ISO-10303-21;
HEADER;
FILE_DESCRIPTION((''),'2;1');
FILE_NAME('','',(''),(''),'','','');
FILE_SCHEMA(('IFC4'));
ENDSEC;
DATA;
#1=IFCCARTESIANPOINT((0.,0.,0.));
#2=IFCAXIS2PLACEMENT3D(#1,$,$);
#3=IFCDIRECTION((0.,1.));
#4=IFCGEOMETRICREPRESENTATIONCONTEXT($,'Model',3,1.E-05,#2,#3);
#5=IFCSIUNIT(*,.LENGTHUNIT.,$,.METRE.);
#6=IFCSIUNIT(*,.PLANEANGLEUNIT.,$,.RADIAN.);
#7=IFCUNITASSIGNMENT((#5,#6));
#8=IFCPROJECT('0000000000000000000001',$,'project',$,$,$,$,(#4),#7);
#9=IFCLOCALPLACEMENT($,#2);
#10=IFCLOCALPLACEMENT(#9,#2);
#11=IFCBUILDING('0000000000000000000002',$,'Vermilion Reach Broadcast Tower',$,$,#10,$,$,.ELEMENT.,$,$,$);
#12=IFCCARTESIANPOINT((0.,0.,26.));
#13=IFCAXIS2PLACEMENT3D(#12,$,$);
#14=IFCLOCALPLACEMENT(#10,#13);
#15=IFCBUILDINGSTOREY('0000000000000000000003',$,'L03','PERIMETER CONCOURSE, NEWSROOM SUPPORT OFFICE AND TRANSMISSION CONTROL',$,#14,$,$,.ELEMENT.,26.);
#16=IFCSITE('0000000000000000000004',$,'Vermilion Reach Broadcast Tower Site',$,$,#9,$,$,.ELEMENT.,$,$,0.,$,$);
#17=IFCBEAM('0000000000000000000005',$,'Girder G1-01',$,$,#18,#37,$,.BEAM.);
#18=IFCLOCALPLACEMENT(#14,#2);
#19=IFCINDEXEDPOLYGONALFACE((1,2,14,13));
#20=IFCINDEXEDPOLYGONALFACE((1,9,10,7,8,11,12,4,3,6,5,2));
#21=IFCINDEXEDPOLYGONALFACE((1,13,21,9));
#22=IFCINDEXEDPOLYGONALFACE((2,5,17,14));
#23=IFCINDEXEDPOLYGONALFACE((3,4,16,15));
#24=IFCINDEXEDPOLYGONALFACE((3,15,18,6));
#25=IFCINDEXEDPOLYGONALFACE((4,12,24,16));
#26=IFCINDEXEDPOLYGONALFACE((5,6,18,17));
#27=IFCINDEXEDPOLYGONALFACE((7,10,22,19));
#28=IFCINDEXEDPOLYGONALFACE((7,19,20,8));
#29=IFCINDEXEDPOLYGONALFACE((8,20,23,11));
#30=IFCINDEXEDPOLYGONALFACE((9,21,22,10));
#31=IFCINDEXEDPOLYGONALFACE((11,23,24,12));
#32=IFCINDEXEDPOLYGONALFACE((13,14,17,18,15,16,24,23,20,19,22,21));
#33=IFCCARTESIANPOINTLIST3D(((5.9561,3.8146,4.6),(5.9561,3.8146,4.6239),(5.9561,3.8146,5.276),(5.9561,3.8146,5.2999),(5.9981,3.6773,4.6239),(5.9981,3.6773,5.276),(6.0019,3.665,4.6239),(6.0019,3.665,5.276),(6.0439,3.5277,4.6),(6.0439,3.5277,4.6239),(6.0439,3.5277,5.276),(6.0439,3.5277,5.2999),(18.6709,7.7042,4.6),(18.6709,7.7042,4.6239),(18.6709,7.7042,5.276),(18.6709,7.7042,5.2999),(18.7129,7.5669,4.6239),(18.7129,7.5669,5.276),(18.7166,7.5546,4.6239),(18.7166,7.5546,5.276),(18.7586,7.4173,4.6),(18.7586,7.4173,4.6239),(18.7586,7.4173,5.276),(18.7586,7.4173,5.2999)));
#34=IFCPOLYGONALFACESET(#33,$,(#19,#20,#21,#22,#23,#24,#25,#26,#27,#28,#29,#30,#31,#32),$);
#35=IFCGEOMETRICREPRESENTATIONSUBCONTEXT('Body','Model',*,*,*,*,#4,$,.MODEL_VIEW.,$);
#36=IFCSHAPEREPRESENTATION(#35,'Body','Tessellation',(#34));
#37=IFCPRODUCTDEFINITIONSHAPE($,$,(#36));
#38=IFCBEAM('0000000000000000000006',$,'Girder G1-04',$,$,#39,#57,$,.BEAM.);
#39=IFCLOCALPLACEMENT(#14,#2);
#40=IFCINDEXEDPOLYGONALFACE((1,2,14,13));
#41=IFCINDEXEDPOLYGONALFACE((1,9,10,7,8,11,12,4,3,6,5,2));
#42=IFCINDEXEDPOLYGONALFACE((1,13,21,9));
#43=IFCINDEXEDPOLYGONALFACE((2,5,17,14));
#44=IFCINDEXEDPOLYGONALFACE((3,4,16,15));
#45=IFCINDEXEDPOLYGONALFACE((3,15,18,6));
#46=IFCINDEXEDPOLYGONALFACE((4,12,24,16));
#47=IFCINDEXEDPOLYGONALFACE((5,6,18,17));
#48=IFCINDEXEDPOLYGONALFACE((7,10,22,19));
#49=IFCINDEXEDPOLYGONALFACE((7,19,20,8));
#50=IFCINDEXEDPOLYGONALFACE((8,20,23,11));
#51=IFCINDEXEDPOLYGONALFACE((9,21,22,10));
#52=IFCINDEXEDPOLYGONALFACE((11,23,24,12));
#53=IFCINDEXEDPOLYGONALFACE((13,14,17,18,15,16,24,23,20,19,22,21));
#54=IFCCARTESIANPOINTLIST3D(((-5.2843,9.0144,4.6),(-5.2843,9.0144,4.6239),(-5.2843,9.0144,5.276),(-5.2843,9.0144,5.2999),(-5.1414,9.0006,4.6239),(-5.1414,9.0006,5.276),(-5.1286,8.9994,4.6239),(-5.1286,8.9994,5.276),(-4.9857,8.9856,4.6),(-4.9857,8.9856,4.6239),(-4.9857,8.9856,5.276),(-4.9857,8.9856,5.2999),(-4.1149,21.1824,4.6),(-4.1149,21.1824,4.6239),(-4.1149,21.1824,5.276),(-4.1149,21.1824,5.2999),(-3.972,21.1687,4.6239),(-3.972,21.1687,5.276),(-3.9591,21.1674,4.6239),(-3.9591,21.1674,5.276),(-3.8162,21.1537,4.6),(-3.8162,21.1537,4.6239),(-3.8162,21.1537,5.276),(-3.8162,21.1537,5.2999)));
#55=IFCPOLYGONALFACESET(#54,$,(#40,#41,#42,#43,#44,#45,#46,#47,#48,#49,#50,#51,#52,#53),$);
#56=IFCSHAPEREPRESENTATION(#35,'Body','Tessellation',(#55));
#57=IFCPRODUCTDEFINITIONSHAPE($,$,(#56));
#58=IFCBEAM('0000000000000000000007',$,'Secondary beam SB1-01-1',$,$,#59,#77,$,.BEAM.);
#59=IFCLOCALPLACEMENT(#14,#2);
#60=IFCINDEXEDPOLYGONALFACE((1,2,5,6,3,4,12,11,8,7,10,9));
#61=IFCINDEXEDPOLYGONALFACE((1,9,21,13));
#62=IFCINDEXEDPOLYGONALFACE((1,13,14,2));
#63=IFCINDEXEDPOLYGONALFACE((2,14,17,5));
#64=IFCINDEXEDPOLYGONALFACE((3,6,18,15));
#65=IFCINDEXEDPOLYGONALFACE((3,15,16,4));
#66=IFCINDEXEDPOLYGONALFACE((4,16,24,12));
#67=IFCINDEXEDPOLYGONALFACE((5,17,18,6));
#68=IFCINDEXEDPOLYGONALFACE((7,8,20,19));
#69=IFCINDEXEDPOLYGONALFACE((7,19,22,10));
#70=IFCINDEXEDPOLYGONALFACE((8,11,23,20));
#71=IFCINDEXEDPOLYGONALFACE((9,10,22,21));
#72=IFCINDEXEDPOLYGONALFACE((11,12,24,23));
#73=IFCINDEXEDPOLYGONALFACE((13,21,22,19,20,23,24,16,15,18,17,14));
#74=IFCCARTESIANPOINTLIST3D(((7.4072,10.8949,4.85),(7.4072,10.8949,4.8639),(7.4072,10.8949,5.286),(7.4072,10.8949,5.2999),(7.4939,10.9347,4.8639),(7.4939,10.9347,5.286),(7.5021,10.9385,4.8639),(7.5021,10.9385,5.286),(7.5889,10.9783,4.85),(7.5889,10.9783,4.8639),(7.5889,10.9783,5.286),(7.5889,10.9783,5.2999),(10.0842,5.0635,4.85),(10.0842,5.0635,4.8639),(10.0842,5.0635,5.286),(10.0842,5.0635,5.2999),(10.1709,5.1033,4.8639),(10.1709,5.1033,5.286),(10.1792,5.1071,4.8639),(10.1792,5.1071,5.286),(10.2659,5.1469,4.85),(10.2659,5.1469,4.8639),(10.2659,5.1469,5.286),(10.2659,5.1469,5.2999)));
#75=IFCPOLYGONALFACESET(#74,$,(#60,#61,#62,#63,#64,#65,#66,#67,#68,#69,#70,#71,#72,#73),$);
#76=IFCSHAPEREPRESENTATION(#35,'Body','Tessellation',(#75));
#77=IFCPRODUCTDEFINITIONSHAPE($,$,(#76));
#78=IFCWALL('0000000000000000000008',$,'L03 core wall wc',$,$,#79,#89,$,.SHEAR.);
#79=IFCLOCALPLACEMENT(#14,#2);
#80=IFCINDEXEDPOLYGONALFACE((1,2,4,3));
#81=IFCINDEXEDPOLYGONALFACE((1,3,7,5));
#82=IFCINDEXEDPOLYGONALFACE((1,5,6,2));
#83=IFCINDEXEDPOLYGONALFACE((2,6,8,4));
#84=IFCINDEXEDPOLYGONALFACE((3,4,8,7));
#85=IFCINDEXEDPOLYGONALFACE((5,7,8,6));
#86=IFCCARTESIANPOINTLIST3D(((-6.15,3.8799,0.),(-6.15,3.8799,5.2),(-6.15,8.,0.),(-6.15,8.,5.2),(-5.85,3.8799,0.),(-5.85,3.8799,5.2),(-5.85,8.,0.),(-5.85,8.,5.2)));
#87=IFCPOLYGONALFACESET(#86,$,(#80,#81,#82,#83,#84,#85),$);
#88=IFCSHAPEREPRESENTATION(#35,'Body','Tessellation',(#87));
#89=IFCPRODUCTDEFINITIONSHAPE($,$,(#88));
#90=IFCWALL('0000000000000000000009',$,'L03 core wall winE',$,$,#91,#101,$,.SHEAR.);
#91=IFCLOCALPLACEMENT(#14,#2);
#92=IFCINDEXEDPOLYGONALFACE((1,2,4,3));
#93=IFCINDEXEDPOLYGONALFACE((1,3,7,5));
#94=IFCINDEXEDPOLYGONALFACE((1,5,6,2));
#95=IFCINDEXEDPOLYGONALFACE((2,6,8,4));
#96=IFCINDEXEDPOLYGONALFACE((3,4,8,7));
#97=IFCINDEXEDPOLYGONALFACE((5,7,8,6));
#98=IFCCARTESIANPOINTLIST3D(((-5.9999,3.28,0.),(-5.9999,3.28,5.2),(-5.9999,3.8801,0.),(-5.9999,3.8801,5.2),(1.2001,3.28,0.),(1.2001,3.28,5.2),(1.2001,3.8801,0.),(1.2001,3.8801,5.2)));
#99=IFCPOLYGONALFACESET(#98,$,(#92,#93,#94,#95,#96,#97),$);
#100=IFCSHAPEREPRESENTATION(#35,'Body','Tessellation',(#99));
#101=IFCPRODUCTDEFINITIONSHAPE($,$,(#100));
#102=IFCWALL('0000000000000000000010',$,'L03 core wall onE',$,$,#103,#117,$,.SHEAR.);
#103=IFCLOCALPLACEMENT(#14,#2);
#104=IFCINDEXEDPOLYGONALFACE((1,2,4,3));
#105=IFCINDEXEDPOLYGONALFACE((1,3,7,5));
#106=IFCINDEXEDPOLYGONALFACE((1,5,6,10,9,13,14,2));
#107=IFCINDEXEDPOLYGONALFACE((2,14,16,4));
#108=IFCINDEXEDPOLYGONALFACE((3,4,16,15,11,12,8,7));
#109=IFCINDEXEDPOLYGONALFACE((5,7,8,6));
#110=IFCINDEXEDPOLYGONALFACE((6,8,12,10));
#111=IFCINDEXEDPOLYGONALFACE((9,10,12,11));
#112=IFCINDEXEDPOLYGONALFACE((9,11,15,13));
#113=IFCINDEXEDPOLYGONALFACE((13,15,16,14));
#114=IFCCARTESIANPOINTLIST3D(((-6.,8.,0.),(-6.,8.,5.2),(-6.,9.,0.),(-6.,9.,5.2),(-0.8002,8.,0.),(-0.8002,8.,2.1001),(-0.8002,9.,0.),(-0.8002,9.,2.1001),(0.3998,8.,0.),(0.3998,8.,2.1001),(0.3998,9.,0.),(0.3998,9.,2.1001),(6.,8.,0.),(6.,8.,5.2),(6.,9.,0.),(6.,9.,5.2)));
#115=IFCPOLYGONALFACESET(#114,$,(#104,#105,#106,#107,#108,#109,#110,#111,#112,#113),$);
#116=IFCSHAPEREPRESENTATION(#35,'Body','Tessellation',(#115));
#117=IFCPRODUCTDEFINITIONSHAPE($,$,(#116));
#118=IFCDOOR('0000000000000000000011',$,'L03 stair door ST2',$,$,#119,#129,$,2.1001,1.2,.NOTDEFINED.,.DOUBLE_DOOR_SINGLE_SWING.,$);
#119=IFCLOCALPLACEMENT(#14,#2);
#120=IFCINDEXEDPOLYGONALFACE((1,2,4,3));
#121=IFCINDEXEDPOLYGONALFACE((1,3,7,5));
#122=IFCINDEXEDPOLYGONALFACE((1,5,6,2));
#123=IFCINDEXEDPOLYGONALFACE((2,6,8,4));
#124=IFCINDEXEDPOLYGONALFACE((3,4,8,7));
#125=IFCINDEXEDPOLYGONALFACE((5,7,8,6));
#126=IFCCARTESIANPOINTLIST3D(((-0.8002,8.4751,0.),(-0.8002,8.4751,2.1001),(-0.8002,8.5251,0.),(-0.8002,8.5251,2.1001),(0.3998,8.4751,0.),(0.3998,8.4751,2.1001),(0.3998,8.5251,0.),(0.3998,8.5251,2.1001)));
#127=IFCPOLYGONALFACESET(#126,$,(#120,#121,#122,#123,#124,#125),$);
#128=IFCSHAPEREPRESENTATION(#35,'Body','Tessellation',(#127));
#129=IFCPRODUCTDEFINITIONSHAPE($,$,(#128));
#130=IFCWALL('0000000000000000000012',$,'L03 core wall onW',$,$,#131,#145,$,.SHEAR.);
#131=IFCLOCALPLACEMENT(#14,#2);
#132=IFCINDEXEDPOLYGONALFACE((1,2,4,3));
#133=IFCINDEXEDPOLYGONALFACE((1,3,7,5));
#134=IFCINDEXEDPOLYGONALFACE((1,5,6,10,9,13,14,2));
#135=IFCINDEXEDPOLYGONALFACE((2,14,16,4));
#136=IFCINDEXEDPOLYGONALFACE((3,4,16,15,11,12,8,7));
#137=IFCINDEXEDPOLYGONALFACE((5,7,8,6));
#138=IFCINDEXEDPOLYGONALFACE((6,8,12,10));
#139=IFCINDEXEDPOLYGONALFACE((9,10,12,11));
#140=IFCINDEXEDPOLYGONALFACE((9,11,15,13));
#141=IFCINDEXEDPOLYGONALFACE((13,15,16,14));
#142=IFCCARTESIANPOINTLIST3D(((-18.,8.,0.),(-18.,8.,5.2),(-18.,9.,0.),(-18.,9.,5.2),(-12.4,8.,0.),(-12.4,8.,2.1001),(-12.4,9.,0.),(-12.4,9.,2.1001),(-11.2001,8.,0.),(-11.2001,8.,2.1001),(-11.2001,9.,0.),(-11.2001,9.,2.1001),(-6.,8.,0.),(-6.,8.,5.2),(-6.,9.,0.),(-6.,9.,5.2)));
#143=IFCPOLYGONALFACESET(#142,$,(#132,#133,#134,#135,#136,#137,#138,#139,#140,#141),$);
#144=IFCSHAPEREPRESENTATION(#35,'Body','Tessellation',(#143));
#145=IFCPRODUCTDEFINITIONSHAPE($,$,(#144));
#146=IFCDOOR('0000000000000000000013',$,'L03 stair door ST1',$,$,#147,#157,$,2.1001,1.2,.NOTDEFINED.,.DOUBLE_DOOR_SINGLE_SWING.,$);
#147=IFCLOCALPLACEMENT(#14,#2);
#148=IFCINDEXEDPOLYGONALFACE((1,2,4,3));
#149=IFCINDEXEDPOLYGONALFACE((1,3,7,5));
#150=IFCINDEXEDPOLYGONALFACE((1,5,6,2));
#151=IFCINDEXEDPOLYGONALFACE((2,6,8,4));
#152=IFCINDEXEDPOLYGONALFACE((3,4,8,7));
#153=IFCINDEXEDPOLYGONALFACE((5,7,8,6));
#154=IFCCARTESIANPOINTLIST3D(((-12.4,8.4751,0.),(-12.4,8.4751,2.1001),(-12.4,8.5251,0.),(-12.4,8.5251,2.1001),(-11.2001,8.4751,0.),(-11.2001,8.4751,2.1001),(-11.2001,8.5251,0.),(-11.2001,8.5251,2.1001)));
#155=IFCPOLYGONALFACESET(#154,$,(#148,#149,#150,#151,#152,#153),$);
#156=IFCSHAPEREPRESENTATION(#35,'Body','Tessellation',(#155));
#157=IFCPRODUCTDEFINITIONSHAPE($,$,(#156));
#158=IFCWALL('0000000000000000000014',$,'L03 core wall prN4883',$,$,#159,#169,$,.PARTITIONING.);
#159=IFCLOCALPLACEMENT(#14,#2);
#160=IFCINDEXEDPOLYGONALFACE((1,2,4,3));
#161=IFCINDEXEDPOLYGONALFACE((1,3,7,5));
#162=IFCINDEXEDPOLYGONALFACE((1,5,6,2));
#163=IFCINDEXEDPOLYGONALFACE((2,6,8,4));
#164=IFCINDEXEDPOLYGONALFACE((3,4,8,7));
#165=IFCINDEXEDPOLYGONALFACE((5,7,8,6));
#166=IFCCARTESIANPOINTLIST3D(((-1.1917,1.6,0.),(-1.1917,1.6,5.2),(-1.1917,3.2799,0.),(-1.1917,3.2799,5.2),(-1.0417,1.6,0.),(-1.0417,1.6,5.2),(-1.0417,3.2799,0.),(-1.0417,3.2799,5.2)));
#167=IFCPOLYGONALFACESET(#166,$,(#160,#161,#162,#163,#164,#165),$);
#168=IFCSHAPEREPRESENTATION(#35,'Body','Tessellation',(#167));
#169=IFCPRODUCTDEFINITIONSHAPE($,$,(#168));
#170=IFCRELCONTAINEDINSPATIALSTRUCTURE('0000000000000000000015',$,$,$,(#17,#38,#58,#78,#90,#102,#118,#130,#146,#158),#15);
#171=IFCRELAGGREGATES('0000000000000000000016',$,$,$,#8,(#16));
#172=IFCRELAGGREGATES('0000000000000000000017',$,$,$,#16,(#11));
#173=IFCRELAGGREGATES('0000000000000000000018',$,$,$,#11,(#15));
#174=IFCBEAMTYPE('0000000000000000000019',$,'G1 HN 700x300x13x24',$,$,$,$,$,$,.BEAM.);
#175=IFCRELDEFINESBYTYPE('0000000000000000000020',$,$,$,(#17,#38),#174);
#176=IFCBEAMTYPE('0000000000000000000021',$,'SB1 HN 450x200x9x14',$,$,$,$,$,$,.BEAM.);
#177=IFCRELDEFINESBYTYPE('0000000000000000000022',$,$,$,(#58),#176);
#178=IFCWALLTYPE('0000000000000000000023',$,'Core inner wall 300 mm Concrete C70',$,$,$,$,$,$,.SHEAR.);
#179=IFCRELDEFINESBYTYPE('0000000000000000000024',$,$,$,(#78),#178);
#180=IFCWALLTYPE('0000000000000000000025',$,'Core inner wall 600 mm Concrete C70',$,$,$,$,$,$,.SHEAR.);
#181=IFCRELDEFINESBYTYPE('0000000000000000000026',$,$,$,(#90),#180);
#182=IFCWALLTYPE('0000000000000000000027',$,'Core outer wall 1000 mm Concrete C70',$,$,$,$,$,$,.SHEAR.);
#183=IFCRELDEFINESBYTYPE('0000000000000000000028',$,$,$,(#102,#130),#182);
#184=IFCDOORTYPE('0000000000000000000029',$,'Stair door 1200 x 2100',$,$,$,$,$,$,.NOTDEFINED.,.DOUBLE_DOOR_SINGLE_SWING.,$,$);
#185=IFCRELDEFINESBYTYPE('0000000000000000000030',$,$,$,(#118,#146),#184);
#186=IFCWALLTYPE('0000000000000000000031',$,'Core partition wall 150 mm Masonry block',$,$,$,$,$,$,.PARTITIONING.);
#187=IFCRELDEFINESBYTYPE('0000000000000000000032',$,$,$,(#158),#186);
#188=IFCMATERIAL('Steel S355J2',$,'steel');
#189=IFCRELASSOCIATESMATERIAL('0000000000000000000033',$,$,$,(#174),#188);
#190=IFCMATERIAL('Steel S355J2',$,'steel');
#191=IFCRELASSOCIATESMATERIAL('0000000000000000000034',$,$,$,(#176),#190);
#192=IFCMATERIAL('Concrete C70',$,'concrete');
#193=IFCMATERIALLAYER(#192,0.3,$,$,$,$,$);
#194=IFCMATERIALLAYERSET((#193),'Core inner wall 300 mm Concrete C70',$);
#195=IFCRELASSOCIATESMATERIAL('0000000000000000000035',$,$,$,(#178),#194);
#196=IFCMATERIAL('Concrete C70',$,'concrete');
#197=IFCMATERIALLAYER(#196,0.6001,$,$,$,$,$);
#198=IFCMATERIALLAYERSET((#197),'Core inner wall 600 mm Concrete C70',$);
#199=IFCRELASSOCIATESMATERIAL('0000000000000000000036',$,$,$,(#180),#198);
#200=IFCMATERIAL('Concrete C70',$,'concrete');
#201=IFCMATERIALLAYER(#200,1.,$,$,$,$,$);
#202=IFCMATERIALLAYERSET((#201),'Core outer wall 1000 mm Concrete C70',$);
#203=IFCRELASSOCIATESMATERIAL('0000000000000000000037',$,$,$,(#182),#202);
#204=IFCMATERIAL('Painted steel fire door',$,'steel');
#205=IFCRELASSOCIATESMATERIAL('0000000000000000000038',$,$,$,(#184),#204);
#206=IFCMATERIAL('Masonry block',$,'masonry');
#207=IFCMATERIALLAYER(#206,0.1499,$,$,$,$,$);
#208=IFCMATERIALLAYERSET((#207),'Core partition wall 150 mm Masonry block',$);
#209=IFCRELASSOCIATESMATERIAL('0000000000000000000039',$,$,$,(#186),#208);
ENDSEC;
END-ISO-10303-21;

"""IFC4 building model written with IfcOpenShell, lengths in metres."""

from ifc_helpers import new_model, si_unit, direction, frame, frame_2d, origin, origin_2d, place, context, subcontext, project, spatial, rectangle, i_section, extrude, material, layer, layer_set, material_profile, profile_set, type_object, element, fill, save


model = new_model("IFC4")

# Units and contexts
model_context = context("Model", 3, precision=1e-05, world=origin(), true_north=direction((0.0, 1.0)))
body_context = subcontext(model_context, "Body", "Model", "MODEL_VIEW")
ifc_project = project(units=[si_unit("LENGTHUNIT", "METRE"), si_unit("PLANEANGLEUNIT", "RADIAN")], contexts=[model_context])

# Site, building, storey
site_placement = place(None, origin())
site = spatial("IfcSite", under=ifc_project, at=site_placement, Name="Vermilion Reach Broadcast Tower Site", CompositionType="ELEMENT", RefElevation=0.0)
building_placement = place(site_placement, origin())
building = spatial("IfcBuilding", under=site, at=building_placement, Name="Vermilion Reach Broadcast Tower", CompositionType="ELEMENT")
storey_placement = place(building_placement, frame((0.0, 0.0, 26.0)))
storey = spatial("IfcBuildingStorey", under=building, at=storey_placement, Name="L03", Description="PERIMETER CONCOURSE, NEWSROOM SUPPORT OFFICE AND TRANSMISSION CONTROL", CompositionType="ELEMENT", Elevation=26.0)

# Beams
ifc_material_1 = material(Name="Steel S355J2", Category="steel")
ifc_material_profile_1 = material_profile(ifc_material_1, i_section(OverallWidth=0.3, OverallDepth=0.7, WebThickness=0.0129, FlangeThickness=0.0239, at=origin_2d()), Name="S355J2 HN 700x300x13x24")
ifc_profile_set_1 = profile_set([ifc_material_profile_1], Name="Steel S355J2")
beam_type_1 = type_object("IfcBeamType", Name="G1 HN 700x300x13x24", PredefinedType="BEAM", material=ifc_profile_set_1)
beam_1_placement = place(storey_placement, frame((6.0, 3.6711, 4.95), z_axis=(0.956256, 0.292532, 0.0), x_axis=(-0.292532, 0.956256, 0.0)))
element("IfcBeam", 1, at=beam_1_placement, inside=storey, type_object=beam_type_1, Name="Girder G1-01", PredefinedType="BEAM", context=body_context, shape_type="SweptSolid", body=[
    extrude(i_section(OverallWidth=0.3, OverallDepth=0.7, WebThickness=0.0129, FlangeThickness=0.0239, at=origin_2d()), origin(), (0.0, 0.0, 1.0), 13.2964),
])
beam_2_placement = place(storey_placement, frame((-5.135, 9.0, 4.95), z_axis=(0.095667, 0.995413, 0.0), x_axis=(-0.995413, 0.095667, 0.0)))
element("IfcBeam", 2, at=beam_2_placement, inside=storey, type_object=beam_type_1, Name="Girder G1-04", PredefinedType="BEAM", context=body_context, shape_type="SweptSolid", body=[
    extrude(i_section(OverallWidth=0.3, OverallDepth=0.7, WebThickness=0.0129, FlangeThickness=0.0239, at=origin_2d()), origin(), (0.0, 0.0, 1.0), 12.2241),
])
ifc_material_2 = material(Name="Steel S355J2", Category="steel")
ifc_material_profile_2 = material_profile(ifc_material_2, i_section(OverallWidth=0.2, OverallDepth=0.45, WebThickness=0.009, FlangeThickness=0.0139, at=origin_2d()), Name="S355J2 HN 450x200x9x14")
ifc_profile_set_2 = profile_set([ifc_material_profile_2], Name="Steel S355J2")
beam_type_2 = type_object("IfcBeamType", Name="SB1 HN 450x200x9x14", PredefinedType="BEAM", material=ifc_profile_set_2)
beam_3_placement = place(storey_placement, frame((10.175, 5.1052, 5.075), z_axis=(-0.417211, 0.908809, 0.0), x_axis=(-0.908809, -0.417211, 0.0)))
element("IfcBeam", 3, at=beam_3_placement, inside=storey, type_object=beam_type_2, Name="Secondary beam SB1-01-1", PredefinedType="BEAM", context=body_context, shape_type="SweptSolid", body=[
    extrude(i_section(OverallWidth=0.2, OverallDepth=0.45, WebThickness=0.009, FlangeThickness=0.0139, at=origin_2d()), origin(), (0.0, 0.0, 1.0), 6.4165),
])

# Walls
ifc_material_3 = material(Name="Concrete C70", Category="concrete")
ifc_layer_1 = layer(ifc_material_3, 0.3)
ifc_layer_set_1 = layer_set([ifc_layer_1], Name="Core inner wall 300 mm Concrete C70")
wall_type_1 = type_object("IfcWallType", Name="Core inner wall 300 mm Concrete C70", PredefinedType="SHEAR", material=ifc_layer_set_1)
wall_1_placement = place(storey_placement, frame((-6.0, 3.8799, 0.0), z_axis=(0.0, 0.0, 1.0), x_axis=(0.0, 1.0, 0.0)))
element("IfcWall", 4, at=wall_1_placement, inside=storey, type_object=wall_type_1, Name="L03 core wall wc", PredefinedType="SHEAR", context=body_context, shape_type="SweptSolid", body=[
    extrude(rectangle(XDim=4.1201, YDim=0.3, at=frame_2d((2.0601, 0.0))), origin(), (0.0, 0.0, 1.0), 5.2),
])
ifc_material_4 = material(Name="Concrete C70", Category="concrete")
ifc_layer_2 = layer(ifc_material_4, 0.6001)
ifc_layer_set_2 = layer_set([ifc_layer_2], Name="Core inner wall 600 mm Concrete C70")
wall_type_2 = type_object("IfcWallType", Name="Core inner wall 600 mm Concrete C70", PredefinedType="SHEAR", material=ifc_layer_set_2)
wall_2_placement = place(storey_placement, frame((-6.0, 3.5801, 0.0), z_axis=(0.0, 0.0, 1.0), x_axis=(1.0, 0.0, 0.0)))
element("IfcWall", 5, at=wall_2_placement, inside=storey, type_object=wall_type_2, Name="L03 core wall winE", PredefinedType="SHEAR", context=body_context, shape_type="SweptSolid", body=[
    extrude(rectangle(XDim=7.2, YDim=0.6001, at=frame_2d((3.6001, 0.0))), origin(), (0.0, 0.0, 1.0), 5.2),
])

# Walls, openings, doors
ifc_material_5 = material(Name="Concrete C70", Category="concrete")
ifc_layer_3 = layer(ifc_material_5, 1.0)
ifc_layer_set_3 = layer_set([ifc_layer_3], Name="Core outer wall 1000 mm Concrete C70")
wall_type_3 = type_object("IfcWallType", Name="Core outer wall 1000 mm Concrete C70", PredefinedType="SHEAR", material=ifc_layer_set_3)
wall_3_placement = place(storey_placement, frame((6.0, 8.5, 0.0), z_axis=(0.0, 0.0, 1.0), x_axis=(-1.0, 0.0, 0.0)))
wall_3 = element("IfcWall", 6, at=wall_3_placement, inside=storey, type_object=wall_type_3, Name="L03 core wall onE", PredefinedType="SHEAR", context=body_context, shape_type="SweptSolid", body=[
    extrude(rectangle(XDim=12.0, YDim=1.0, at=frame_2d((6.0, 0.0))), origin(), (0.0, 0.0, 1.0), 5.2),
])
opening_1_placement = place(wall_3_placement, frame((5.6001, 0.0, 0.0)))
opening_1 = element("IfcOpeningElement", 7, at=opening_1_placement, cuts=wall_3, PredefinedType="OPENING", context=body_context, shape_type="SweptSolid", body=[
    extrude(rectangle(XDim=1.2, YDim=2.1001, at=frame_2d((0.6001, 1.05))), frame((0.0, 0.51, 0.0), z_axis=(0.0, -1.0, 0.0), x_axis=(1.0, 0.0, 0.0)), (0.0, 0.0, 1.0), 1.02),
])
ifc_material_6 = material(Name="Painted steel fire door", Category="steel")
door_type = type_object("IfcDoorType", Name="Stair door 1200 x 2100", OperationType="DOUBLE_DOOR_SINGLE_SWING", PredefinedType="NOTDEFINED", material=ifc_material_6)
door_1_placement = place(opening_1_placement, origin())
door_1 = element("IfcDoor", 8, at=door_1_placement, inside=storey, type_object=door_type, Name="L03 stair door ST2", OperationType="DOUBLE_DOOR_SINGLE_SWING", OverallHeight=2.1001, OverallWidth=1.2, PredefinedType="NOTDEFINED", context=body_context, shape_type="SweptSolid", body=[
    extrude(rectangle(XDim=1.2, YDim=2.1001, at=frame_2d((0.6001, 1.05))), frame((0.0, 0.0249, 0.0), z_axis=(0.0, -1.0, 0.0), x_axis=(1.0, 0.0, 0.0)), (0.0, 0.0, 1.0), 0.05),
])
fill(opening_1, door_1)
wall_4_placement = place(storey_placement, frame((-6.0, 8.5, 0.0), z_axis=(0.0, 0.0, 1.0), x_axis=(-1.0, 0.0, 0.0)))
wall_4 = element("IfcWall", 9, at=wall_4_placement, inside=storey, type_object=wall_type_3, Name="L03 core wall onW", PredefinedType="SHEAR", context=body_context, shape_type="SweptSolid", body=[
    extrude(rectangle(XDim=12.0, YDim=1.0, at=frame_2d((6.0, 0.0))), origin(), (0.0, 0.0, 1.0), 5.2),
])
opening_2_placement = place(wall_4_placement, frame((5.2, 0.0, 0.0)))
opening_2 = element("IfcOpeningElement", 10, at=opening_2_placement, cuts=wall_4, PredefinedType="OPENING", context=body_context, shape_type="SweptSolid", body=[
    extrude(rectangle(XDim=1.2, YDim=2.1001, at=frame_2d((0.6001, 1.05))), frame((0.0, 0.51, 0.0), z_axis=(0.0, -1.0, 0.0), x_axis=(1.0, 0.0, 0.0)), (0.0, 0.0, 1.0), 1.02),
])
door_2_placement = place(opening_2_placement, origin())
door_2 = element("IfcDoor", 11, at=door_2_placement, inside=storey, type_object=door_type, Name="L03 stair door ST1", OperationType="DOUBLE_DOOR_SINGLE_SWING", OverallHeight=2.1001, OverallWidth=1.2, PredefinedType="NOTDEFINED", context=body_context, shape_type="SweptSolid", body=[
    extrude(rectangle(XDim=1.2, YDim=2.1001, at=frame_2d((0.6001, 1.05))), frame((0.0, 0.0249, 0.0), z_axis=(0.0, -1.0, 0.0), x_axis=(1.0, 0.0, 0.0)), (0.0, 0.0, 1.0), 0.05),
])
fill(opening_2, door_2)

# Wall
ifc_material_7 = material(Name="Masonry block", Category="masonry")
ifc_layer_4 = layer(ifc_material_7, 0.1499)
ifc_layer_set_4 = layer_set([ifc_layer_4], Name="Core partition wall 150 mm Masonry block")
wall_type_4 = type_object("IfcWallType", Name="Core partition wall 150 mm Masonry block", PredefinedType="PARTITIONING", material=ifc_layer_set_4)
wall_5_placement = place(storey_placement, frame((-1.1167, 1.6001, 0.0), z_axis=(0.0, 0.0, 1.0), x_axis=(0.0, 1.0, 0.0)))
element("IfcWall", 12, at=wall_5_placement, inside=storey, type_object=wall_type_4, Name="L03 core wall prN4883", PredefinedType="PARTITIONING", context=body_context, shape_type="SweptSolid", body=[
    extrude(rectangle(XDim=1.6799, YDim=0.1499, at=frame_2d((0.8398, 0.0))), origin(), (0.0, 0.0, 1.0), 5.2),
])

save(model, "model.ifc")
